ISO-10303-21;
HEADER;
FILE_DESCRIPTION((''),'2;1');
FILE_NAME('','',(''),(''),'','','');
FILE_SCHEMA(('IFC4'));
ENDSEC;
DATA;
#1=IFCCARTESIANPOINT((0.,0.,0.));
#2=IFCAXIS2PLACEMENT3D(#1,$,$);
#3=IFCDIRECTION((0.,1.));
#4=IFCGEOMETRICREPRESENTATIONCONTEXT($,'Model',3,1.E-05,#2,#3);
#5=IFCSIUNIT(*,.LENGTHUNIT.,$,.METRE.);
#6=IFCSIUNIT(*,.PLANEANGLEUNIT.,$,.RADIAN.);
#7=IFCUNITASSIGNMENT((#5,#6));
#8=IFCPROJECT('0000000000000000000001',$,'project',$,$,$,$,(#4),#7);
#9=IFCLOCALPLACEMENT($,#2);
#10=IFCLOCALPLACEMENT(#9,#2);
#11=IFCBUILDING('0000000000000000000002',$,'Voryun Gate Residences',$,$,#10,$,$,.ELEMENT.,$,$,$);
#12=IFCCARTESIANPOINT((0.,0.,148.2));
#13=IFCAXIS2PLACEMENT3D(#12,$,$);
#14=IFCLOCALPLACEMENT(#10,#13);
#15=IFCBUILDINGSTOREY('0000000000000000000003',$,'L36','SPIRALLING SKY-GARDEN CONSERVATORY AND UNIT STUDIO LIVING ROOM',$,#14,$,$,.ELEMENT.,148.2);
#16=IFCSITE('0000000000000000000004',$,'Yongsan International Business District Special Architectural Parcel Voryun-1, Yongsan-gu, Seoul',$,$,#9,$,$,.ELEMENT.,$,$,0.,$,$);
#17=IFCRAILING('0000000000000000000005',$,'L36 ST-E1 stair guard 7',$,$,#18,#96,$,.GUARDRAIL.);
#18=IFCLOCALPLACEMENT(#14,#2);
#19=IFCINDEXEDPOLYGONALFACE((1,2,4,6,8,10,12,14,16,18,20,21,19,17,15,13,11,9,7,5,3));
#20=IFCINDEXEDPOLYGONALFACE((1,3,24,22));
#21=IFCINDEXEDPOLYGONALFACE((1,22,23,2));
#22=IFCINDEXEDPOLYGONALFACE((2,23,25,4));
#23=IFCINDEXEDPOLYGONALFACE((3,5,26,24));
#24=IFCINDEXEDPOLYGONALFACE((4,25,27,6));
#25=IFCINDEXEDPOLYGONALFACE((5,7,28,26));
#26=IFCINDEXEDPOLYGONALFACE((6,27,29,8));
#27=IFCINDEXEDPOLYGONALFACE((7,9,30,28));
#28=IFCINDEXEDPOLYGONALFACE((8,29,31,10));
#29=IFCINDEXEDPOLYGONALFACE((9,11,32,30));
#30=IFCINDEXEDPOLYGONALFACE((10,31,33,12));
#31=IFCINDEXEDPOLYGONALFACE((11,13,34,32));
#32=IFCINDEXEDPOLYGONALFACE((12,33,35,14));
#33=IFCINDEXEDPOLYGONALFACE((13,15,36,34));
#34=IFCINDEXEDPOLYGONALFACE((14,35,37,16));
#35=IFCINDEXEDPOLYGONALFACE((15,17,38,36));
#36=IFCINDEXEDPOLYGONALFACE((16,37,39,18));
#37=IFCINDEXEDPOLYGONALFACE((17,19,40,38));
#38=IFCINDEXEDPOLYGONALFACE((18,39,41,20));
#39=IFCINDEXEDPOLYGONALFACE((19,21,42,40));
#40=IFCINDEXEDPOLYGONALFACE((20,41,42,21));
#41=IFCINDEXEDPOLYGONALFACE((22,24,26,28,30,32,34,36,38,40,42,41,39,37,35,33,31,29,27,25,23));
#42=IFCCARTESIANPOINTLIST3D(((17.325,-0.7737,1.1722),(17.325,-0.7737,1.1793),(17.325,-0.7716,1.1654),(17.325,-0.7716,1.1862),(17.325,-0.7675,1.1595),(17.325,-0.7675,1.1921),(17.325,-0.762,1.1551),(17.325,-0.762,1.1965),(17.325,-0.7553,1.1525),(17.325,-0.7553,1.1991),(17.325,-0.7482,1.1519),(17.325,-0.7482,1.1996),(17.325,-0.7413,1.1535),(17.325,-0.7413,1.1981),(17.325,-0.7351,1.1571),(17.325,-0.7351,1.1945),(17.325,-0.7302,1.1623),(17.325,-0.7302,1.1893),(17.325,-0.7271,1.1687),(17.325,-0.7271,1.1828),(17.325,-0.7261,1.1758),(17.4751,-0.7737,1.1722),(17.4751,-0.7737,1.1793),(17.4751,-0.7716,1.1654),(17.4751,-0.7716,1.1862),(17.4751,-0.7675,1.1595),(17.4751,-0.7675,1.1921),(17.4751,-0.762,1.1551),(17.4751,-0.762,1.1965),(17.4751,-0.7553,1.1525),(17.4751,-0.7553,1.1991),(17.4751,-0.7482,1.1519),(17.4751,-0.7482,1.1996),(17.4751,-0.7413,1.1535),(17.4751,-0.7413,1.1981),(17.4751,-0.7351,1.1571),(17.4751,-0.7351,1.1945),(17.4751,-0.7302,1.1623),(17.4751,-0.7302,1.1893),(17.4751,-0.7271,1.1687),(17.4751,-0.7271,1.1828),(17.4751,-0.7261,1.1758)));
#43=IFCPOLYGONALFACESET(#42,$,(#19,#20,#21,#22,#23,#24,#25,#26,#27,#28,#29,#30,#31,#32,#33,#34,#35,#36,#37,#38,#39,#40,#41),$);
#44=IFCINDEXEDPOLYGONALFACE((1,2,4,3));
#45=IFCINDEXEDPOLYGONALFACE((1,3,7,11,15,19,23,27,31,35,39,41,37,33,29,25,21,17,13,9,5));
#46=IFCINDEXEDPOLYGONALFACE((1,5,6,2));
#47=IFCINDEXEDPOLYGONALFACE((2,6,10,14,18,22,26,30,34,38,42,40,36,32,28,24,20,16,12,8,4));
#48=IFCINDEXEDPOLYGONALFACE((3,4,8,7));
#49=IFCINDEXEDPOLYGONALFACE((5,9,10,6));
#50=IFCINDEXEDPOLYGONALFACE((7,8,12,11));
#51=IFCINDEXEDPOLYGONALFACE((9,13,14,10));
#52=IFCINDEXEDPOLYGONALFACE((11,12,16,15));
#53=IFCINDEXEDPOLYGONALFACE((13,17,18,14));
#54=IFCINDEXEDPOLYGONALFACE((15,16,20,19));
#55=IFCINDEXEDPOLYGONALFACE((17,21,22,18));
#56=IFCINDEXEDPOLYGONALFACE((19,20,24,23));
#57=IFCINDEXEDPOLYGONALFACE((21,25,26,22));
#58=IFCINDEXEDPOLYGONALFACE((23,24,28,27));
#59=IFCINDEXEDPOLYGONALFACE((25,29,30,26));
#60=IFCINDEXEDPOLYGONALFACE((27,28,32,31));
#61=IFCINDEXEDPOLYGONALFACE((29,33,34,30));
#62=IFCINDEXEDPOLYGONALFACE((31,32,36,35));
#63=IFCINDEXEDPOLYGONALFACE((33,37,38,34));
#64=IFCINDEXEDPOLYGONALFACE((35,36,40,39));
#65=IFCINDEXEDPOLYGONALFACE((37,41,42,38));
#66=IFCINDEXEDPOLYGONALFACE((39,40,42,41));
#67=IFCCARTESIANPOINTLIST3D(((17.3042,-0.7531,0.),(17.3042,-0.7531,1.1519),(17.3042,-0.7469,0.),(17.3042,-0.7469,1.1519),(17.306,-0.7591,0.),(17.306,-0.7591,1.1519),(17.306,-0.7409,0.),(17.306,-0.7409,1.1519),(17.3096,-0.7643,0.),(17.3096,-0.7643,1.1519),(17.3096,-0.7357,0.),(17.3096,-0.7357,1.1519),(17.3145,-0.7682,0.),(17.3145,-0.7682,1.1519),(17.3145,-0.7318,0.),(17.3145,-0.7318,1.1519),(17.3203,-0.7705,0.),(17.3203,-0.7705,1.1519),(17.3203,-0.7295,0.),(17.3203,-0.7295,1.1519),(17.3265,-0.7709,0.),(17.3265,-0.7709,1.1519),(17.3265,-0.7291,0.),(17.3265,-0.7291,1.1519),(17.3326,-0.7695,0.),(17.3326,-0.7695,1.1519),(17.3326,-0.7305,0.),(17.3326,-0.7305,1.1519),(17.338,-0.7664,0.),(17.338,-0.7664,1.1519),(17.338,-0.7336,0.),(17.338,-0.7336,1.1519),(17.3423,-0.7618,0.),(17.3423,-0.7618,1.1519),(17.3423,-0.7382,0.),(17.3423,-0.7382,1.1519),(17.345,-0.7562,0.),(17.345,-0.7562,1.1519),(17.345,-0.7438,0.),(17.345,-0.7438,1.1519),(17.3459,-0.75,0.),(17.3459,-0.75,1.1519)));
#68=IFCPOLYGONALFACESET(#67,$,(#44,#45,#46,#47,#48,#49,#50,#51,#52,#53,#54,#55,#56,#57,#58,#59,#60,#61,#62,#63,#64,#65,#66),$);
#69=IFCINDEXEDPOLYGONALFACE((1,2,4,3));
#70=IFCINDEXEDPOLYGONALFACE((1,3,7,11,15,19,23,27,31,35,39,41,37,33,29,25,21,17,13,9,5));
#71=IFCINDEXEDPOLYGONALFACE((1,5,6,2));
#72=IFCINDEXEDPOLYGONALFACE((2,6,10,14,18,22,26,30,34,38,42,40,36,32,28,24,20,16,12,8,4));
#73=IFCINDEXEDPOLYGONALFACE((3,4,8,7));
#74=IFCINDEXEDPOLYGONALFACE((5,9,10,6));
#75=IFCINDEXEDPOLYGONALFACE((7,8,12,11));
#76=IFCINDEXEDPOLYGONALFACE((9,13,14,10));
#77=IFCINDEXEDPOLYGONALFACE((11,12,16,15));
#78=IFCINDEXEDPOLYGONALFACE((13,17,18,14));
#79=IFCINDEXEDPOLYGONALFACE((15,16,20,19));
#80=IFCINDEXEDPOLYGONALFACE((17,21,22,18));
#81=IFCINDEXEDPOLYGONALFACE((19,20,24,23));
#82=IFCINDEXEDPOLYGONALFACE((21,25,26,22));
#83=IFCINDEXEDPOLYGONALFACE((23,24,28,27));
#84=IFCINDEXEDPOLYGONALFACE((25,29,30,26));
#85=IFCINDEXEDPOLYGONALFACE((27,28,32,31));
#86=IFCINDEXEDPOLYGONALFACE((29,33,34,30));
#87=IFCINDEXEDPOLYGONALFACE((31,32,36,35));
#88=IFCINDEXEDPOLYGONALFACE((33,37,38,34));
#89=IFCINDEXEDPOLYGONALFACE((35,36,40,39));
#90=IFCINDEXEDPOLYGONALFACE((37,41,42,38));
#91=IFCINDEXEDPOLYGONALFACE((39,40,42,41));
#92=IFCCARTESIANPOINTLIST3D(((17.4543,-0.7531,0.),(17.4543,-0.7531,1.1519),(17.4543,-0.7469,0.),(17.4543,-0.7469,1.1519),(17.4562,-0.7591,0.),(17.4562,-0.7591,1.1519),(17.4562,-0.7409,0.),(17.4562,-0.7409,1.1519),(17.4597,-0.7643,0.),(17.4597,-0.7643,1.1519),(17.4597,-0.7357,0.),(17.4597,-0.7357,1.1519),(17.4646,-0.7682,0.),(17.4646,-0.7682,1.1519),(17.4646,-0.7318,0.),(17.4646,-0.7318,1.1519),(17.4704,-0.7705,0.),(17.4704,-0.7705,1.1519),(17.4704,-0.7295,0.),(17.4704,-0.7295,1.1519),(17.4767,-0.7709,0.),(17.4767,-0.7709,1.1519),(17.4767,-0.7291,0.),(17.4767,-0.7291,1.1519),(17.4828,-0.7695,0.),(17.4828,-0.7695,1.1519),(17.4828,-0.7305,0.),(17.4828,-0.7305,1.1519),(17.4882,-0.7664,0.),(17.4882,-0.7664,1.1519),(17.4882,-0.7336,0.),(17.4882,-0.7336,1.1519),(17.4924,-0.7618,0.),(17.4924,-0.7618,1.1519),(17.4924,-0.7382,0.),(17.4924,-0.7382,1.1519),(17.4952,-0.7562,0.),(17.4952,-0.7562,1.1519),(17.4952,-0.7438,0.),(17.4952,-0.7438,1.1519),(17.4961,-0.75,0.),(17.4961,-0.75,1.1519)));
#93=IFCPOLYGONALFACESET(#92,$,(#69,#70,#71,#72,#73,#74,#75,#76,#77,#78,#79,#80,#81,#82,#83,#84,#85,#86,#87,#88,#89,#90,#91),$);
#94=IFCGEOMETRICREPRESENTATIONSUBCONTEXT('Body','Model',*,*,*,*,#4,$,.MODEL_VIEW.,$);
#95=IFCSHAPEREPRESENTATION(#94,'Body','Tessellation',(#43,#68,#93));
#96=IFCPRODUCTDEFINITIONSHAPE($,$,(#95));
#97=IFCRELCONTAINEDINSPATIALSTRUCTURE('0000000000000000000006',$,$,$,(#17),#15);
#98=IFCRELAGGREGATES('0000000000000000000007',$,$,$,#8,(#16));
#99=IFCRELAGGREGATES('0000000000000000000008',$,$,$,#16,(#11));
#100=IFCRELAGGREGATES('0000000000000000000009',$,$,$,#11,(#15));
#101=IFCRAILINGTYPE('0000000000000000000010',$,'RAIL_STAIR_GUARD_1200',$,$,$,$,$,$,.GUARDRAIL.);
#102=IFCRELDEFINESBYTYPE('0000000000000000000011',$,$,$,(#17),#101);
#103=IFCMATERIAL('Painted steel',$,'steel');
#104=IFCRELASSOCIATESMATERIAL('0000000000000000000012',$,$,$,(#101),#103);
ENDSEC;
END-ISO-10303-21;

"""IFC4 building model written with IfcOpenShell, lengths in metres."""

from ifc_helpers import new_model, si_unit, direction, frame, origin, origin_2d, place, context, subcontext, project, spatial, circle, extrude, material, type_object, element, save


model = new_model("IFC4")

# Units and contexts
model_context = context("Model", 3, precision=1e-05, world=origin(), true_north=direction((0.0, 1.0)))
body_context = subcontext(model_context, "Body", "Model", "MODEL_VIEW")
ifc_project = project(units=[si_unit("LENGTHUNIT", "METRE"), si_unit("PLANEANGLEUNIT", "RADIAN")], contexts=[model_context])

# Site, building, storey
site_placement = place(None, origin())
site = spatial("IfcSite", under=ifc_project, at=site_placement, Name="Yongsan International Business District Special Architectural Parcel Voryun-1, Yongsan-gu, Seoul", CompositionType="ELEMENT", RefElevation=0.0)
building_placement = place(site_placement, origin())
building = spatial("IfcBuilding", under=site, at=building_placement, Name="Voryun Gate Residences", CompositionType="ELEMENT")
storey_placement = place(building_placement, frame((0.0, 0.0, 148.2)))
storey = spatial("IfcBuildingStorey", under=building, at=storey_placement, Name="L36", Description="SPIRALLING SKY-GARDEN CONSERVATORY AND UNIT STUDIO LIVING ROOM", CompositionType="ELEMENT", Elevation=148.2)

# Railing
ifc_material_1 = material(Name="Painted steel", Category="steel")
railing_type_1 = type_object("IfcRailingType", Name="RAIL_STAIR_GUARD_1200", PredefinedType="GUARDRAIL", material=ifc_material_1)
railing_1_placement = place(storey_placement, frame((17.325, -0.75, 0.0)))
element("IfcRailing", 1, at=railing_1_placement, inside=storey, type_object=railing_type_1, Name="L36 ST-E1 stair guard 7", PredefinedType="GUARDRAIL", context=body_context, shape_type="SweptSolid", body=[
    extrude(circle(Radius=0.0239, at=origin_2d()), frame((0.0, 0.0, 1.1758), z_axis=(1.0, 0.0, 0.0), x_axis=(0.0, 1.0, 0.0)), (0.0, 0.0, 1.0), 0.1501),
    extrude(circle(Radius=0.021, at=origin_2d()), origin(), (0.0, 0.0, 1.0), 1.1519),
    extrude(circle(Radius=0.021, at=origin_2d()), frame((0.1501, 0.0, 0.0)), (0.0, 0.0, 1.0), 1.1519),
])

save(model, "model.ifc")
